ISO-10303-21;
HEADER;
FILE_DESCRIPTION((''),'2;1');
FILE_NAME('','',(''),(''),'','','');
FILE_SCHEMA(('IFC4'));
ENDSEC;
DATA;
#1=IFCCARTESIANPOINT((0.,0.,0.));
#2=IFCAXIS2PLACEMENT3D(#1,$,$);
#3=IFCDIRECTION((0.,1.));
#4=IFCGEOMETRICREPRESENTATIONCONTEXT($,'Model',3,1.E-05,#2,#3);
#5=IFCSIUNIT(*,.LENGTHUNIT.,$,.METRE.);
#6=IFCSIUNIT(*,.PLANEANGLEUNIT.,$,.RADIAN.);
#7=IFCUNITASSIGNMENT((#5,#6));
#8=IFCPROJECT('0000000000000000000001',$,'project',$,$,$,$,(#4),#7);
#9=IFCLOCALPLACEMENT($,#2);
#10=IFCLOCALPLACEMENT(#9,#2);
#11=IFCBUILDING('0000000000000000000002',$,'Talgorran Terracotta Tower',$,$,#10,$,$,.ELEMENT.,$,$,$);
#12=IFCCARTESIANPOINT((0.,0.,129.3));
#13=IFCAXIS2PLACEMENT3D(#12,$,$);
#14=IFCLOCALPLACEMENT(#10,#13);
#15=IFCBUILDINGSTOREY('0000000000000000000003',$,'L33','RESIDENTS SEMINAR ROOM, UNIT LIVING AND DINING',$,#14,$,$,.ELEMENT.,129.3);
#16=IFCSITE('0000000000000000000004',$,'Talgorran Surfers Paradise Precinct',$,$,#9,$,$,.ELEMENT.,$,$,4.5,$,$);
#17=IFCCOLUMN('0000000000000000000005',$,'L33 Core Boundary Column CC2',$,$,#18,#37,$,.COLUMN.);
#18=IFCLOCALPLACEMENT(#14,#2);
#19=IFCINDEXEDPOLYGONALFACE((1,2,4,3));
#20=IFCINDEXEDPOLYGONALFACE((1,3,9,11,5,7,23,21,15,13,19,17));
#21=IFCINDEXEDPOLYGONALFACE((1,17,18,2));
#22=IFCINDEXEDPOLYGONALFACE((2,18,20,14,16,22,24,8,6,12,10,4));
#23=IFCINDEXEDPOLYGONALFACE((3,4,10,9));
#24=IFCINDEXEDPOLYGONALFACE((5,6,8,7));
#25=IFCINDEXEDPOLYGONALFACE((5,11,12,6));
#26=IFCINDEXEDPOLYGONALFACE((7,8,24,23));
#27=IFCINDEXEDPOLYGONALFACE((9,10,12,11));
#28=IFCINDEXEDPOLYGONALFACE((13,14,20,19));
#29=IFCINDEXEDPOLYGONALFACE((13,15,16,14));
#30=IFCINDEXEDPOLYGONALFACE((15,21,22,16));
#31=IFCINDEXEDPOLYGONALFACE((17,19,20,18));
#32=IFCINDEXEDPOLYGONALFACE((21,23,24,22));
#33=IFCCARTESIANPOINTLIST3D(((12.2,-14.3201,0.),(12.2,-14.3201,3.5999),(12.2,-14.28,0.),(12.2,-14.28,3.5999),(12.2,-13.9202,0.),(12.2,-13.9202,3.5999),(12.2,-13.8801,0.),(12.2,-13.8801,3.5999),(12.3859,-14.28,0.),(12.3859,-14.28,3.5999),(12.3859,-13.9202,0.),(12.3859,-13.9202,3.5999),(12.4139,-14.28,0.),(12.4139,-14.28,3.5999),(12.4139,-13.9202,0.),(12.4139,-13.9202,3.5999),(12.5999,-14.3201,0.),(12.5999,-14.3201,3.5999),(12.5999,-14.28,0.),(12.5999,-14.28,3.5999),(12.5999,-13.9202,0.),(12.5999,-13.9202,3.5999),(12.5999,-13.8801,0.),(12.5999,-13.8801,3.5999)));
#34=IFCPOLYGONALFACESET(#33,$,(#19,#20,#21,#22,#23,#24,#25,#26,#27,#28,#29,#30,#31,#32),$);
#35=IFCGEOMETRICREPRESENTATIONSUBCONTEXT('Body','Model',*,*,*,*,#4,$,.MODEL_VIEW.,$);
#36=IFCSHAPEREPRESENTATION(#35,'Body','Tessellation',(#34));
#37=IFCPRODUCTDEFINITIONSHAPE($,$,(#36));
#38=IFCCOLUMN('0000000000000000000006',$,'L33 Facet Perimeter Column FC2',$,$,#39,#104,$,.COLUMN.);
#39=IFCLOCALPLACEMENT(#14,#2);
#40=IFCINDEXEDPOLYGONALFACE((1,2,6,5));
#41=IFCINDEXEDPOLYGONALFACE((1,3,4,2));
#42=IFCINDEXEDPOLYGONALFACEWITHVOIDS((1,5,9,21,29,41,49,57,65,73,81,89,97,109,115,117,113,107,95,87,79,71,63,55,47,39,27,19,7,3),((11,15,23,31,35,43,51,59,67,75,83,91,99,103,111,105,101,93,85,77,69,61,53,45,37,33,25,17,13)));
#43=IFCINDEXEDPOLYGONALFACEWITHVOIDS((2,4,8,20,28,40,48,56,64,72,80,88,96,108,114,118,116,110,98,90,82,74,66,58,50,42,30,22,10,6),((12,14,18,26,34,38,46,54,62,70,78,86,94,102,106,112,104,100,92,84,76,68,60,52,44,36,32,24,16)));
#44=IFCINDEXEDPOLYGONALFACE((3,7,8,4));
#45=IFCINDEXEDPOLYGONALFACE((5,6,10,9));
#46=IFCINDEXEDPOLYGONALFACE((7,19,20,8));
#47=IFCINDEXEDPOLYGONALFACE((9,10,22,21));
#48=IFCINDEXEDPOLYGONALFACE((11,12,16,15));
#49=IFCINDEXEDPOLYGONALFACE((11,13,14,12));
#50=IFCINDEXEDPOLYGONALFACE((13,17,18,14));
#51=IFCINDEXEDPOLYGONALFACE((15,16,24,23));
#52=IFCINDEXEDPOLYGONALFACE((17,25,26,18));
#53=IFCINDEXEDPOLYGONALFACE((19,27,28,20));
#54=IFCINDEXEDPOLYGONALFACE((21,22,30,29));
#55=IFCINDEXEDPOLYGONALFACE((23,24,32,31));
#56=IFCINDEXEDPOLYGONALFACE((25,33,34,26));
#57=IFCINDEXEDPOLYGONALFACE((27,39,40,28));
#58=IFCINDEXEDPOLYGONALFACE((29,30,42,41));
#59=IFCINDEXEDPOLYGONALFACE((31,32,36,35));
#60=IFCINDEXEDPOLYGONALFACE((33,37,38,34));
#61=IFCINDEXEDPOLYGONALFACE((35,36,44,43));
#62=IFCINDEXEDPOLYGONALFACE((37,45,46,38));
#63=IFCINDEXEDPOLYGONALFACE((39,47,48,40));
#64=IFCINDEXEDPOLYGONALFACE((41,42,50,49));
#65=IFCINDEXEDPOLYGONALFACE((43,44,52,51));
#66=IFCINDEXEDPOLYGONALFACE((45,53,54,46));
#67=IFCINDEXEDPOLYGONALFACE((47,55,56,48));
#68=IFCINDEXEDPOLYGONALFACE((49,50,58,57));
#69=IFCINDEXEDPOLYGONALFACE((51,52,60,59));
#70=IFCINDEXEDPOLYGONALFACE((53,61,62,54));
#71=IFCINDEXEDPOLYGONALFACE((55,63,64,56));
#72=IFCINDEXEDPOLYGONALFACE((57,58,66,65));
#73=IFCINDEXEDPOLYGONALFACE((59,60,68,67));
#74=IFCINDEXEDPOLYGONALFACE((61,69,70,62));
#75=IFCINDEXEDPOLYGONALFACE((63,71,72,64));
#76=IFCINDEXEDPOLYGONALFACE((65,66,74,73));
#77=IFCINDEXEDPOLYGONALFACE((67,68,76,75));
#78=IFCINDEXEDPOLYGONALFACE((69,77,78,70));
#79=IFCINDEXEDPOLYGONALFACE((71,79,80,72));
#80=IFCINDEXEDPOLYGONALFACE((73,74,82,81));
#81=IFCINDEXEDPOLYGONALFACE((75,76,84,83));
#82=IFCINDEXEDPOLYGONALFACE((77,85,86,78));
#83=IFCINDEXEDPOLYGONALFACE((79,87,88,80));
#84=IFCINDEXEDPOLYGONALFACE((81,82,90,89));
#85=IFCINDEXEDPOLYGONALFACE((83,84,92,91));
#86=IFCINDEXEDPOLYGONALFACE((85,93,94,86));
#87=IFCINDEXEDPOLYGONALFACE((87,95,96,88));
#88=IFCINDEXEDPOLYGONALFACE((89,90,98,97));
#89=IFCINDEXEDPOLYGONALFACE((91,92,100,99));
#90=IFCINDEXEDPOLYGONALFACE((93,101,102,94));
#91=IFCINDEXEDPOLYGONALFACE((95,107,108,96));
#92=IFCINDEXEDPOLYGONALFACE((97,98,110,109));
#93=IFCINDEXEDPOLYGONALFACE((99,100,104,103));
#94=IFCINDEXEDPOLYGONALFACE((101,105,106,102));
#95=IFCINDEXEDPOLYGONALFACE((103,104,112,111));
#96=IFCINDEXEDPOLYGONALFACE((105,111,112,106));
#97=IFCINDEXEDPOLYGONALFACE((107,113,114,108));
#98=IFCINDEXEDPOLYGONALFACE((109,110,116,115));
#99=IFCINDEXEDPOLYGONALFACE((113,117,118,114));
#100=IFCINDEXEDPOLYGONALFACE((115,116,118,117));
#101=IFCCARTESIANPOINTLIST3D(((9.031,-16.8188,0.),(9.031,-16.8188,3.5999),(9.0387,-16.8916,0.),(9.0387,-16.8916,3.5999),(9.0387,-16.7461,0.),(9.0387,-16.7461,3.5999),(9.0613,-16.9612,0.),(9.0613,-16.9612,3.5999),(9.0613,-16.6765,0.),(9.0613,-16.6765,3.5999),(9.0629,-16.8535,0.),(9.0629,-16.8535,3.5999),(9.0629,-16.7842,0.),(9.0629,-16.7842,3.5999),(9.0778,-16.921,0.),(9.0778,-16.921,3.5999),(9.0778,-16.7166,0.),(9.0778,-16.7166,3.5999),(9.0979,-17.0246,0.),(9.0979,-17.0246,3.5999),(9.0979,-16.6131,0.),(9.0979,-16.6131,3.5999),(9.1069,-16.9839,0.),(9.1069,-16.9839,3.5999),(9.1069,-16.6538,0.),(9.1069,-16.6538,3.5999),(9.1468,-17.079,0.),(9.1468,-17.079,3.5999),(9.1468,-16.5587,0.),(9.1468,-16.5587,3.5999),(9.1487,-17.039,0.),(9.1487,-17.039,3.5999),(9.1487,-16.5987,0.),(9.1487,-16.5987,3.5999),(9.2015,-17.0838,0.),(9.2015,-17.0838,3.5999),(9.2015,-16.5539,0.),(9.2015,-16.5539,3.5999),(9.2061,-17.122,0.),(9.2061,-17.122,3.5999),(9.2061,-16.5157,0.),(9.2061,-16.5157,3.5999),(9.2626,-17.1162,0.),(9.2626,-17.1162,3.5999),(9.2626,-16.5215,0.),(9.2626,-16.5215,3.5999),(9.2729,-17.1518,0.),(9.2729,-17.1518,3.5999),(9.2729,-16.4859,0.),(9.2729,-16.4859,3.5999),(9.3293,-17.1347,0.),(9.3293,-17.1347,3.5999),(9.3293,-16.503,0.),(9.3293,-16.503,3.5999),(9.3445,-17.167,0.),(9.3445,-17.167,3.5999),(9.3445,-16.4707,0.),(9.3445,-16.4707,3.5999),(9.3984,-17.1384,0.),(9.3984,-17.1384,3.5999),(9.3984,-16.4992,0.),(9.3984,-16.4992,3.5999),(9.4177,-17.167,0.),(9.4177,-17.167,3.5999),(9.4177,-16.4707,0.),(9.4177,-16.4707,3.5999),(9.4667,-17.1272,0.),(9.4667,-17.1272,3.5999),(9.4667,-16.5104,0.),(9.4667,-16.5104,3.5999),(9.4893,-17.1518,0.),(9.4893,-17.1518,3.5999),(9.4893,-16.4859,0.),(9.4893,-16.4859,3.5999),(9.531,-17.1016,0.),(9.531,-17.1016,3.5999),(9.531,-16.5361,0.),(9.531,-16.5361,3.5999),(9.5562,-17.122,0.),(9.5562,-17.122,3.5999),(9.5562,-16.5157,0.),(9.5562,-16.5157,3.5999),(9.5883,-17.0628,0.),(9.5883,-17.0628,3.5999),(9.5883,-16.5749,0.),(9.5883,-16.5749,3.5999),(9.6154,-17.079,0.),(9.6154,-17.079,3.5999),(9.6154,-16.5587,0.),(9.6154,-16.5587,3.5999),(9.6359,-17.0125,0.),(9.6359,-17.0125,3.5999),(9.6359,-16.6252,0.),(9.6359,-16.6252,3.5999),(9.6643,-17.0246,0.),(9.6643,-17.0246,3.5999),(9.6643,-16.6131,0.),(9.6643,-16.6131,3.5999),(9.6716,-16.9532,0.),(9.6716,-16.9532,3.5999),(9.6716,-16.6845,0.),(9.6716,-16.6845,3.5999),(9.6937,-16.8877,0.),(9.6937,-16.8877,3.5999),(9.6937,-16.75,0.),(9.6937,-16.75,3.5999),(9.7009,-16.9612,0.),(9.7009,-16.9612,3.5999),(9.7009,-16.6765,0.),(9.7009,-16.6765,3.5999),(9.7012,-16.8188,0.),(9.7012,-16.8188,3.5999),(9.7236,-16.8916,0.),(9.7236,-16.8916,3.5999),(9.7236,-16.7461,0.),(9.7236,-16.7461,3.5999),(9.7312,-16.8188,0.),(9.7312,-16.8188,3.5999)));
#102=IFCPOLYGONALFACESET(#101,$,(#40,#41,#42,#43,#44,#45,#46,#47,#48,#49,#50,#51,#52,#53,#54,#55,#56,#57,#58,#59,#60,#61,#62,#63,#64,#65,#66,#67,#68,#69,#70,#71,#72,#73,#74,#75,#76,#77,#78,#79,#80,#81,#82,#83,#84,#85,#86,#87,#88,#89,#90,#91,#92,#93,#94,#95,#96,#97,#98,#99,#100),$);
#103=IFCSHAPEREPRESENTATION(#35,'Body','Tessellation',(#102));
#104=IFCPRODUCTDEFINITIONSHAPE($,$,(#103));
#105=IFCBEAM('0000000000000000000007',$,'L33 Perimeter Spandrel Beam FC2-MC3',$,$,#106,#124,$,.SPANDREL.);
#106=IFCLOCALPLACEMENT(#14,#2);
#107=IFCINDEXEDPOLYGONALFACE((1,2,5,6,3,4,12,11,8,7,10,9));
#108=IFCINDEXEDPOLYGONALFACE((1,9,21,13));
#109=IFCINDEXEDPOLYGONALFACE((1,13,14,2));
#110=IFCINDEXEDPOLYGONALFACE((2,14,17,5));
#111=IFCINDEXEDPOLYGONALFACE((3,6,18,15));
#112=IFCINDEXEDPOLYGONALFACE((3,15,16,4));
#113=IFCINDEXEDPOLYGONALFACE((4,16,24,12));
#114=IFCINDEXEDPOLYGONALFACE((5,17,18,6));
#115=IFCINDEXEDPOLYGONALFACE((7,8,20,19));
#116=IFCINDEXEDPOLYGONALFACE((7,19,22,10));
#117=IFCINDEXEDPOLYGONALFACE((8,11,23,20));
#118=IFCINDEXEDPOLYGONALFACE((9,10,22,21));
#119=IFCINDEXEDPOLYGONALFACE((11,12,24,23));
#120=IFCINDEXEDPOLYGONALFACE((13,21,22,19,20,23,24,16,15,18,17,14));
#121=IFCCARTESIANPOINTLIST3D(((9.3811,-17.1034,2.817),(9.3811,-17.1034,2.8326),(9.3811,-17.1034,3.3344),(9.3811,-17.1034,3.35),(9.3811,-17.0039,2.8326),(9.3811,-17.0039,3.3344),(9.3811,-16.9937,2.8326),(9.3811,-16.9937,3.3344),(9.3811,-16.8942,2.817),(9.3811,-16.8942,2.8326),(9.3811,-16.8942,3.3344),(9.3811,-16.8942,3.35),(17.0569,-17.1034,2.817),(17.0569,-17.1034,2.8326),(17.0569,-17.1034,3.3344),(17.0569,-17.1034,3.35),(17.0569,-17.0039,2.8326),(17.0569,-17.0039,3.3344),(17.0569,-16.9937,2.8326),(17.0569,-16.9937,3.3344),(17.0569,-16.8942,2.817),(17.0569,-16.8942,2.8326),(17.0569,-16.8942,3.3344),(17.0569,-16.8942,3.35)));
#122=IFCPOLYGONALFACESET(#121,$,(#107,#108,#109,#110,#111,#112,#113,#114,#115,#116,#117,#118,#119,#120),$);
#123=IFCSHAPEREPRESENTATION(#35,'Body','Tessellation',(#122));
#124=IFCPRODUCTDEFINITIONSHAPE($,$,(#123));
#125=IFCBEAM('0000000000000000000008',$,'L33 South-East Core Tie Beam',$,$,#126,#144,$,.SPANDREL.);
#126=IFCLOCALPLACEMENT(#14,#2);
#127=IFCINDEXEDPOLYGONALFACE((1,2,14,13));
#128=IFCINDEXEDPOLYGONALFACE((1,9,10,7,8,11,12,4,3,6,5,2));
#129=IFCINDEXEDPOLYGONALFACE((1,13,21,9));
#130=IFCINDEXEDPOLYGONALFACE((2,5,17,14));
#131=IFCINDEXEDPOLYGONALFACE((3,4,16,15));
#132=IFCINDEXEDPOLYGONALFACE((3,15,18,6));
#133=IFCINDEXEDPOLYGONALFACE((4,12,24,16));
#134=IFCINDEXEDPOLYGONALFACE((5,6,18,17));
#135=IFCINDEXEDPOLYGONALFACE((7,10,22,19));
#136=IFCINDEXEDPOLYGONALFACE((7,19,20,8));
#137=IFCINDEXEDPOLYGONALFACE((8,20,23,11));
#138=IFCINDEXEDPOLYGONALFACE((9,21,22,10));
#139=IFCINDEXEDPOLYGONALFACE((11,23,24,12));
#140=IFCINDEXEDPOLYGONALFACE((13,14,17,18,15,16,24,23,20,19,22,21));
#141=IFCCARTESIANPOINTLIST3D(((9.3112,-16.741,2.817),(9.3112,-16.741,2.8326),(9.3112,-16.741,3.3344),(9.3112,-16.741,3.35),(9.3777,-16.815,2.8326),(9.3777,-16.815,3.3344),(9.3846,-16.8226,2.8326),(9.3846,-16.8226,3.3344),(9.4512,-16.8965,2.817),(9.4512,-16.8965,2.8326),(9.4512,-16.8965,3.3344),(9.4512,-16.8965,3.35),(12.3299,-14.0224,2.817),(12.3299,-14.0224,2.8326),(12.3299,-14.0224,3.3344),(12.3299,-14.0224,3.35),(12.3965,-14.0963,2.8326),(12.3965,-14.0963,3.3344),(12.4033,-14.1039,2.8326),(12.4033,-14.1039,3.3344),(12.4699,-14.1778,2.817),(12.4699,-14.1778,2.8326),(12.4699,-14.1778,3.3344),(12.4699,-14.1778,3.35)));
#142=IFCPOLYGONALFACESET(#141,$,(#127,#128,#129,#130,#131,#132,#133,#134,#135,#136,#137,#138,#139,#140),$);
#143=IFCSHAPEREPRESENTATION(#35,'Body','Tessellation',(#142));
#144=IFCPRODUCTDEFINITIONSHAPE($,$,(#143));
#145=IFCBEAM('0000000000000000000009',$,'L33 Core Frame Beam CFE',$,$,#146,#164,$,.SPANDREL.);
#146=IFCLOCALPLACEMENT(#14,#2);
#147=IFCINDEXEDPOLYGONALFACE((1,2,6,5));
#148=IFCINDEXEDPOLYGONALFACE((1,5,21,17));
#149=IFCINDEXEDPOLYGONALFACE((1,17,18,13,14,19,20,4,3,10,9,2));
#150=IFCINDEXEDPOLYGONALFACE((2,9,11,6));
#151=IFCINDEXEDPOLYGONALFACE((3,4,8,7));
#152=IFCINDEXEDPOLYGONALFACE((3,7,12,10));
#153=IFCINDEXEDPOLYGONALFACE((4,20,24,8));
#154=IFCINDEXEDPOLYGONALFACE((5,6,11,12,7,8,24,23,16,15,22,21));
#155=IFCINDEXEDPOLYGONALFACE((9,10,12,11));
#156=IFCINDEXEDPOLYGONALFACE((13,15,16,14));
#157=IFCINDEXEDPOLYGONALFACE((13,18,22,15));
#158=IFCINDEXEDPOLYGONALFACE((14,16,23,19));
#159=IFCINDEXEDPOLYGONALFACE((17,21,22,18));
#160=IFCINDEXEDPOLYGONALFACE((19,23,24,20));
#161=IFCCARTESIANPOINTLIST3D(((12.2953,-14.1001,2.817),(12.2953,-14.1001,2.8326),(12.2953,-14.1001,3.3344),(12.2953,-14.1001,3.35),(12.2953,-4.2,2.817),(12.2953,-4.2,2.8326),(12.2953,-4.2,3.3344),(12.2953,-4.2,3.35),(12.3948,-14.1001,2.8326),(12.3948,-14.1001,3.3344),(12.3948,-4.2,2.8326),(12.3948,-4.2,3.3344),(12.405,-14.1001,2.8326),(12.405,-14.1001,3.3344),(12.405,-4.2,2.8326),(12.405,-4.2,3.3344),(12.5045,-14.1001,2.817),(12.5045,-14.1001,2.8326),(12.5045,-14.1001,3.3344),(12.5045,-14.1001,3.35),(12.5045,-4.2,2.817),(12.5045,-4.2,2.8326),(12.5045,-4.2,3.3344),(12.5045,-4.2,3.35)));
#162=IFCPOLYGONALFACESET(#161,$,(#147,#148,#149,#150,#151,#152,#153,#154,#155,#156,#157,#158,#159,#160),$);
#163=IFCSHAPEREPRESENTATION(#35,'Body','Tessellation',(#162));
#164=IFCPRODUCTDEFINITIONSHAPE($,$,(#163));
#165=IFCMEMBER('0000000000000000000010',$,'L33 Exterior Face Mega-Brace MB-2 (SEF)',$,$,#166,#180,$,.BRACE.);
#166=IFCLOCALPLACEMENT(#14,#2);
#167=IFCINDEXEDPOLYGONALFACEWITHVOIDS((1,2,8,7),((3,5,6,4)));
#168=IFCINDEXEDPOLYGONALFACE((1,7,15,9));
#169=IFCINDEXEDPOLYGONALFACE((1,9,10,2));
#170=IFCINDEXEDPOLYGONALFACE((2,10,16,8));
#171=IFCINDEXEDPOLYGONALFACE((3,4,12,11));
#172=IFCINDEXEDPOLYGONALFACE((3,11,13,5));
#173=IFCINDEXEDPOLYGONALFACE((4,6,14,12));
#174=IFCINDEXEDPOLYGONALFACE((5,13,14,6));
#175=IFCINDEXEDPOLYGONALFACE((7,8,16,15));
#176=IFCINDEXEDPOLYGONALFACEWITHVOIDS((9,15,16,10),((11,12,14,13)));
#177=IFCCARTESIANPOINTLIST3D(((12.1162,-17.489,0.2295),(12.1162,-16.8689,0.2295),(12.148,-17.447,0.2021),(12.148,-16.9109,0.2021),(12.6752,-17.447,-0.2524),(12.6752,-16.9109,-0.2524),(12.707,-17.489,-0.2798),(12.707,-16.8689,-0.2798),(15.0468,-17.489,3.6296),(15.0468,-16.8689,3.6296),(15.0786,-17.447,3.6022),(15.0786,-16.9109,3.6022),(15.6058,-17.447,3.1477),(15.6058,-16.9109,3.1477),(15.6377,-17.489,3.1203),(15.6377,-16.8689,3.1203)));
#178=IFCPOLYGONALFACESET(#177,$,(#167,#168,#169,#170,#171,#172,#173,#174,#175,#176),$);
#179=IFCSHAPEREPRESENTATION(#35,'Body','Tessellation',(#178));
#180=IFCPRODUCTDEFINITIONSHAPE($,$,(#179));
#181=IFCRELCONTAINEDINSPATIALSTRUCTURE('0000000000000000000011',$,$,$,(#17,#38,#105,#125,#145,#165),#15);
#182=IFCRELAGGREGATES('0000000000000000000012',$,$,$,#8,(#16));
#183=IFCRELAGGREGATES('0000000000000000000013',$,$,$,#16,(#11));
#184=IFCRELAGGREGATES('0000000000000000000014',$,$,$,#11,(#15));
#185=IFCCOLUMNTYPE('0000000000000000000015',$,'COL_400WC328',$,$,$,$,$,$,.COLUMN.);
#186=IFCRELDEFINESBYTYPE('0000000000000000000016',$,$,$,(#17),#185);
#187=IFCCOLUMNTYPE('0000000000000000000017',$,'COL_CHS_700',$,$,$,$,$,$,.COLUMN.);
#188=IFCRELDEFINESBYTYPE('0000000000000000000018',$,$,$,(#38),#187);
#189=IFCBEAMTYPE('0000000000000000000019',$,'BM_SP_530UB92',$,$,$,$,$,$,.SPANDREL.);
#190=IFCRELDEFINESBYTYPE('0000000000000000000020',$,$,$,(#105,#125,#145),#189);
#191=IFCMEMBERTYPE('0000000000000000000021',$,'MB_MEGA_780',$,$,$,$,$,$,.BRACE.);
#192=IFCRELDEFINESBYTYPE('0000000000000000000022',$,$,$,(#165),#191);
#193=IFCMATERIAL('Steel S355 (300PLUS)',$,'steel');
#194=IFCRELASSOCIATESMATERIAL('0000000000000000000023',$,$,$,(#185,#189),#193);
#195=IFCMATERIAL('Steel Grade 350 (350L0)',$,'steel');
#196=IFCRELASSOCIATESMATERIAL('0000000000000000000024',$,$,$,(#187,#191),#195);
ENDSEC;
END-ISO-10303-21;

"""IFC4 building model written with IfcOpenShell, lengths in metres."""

from ifc_helpers import new_model, si_unit, direction, frame, origin, origin_2d, place, context, subcontext, project, spatial, hollow_rectangle, hollow_circle, i_section, extrude, material, material_profile, profile_set, type_object, element, save


model = new_model("IFC4")

# Units and contexts
model_context = context("Model", 3, precision=1e-05, world=origin(), true_north=direction((0.0, 1.0)))
body_context = subcontext(model_context, "Body", "Model", "MODEL_VIEW")
ifc_project = project(units=[si_unit("LENGTHUNIT", "METRE"), si_unit("PLANEANGLEUNIT", "RADIAN")], contexts=[model_context])

# Site, building, storey
site_placement = place(None, origin())
site = spatial("IfcSite", under=ifc_project, at=site_placement, Name="Talgorran Surfers Paradise Precinct", CompositionType="ELEMENT", RefElevation=4.5)
building_placement = place(site_placement, origin())
building = spatial("IfcBuilding", under=site, at=building_placement, Name="Talgorran Terracotta Tower", CompositionType="ELEMENT")
storey_placement = place(building_placement, frame((0.0, 0.0, 129.3)))
storey = spatial("IfcBuildingStorey", under=building, at=storey_placement, Name="L33", Description="RESIDENTS SEMINAR ROOM, UNIT LIVING AND DINING", CompositionType="ELEMENT", Elevation=129.3)

# Columns
ifc_material_1 = material(Name="Steel S355 (300PLUS)", Category="steel")
ifc_material_profile_1 = material_profile(ifc_material_1, i_section(OverallWidth=0.3999, OverallDepth=0.4399, WebThickness=0.0281, FlangeThickness=0.04, at=origin_2d()), Name="400WC328")
ifc_profile_set_1 = profile_set([ifc_material_profile_1], Name="Steel S355 (300PLUS)")
column_type_1 = type_object("IfcColumnType", Name="COL_400WC328", PredefinedType="COLUMN", material=ifc_profile_set_1)
column_1_placement = place(storey_placement, frame((12.3999, -14.1001, 0.0), z_axis=(0.0, 0.0, 1.0), x_axis=(1.0, 0.0, 0.0)))
element("IfcColumn", 1, at=column_1_placement, inside=storey, type_object=column_type_1, Name="L33 Core Boundary Column CC2", PredefinedType="COLUMN", context=body_context, shape_type="SweptSolid", body=[
    extrude(i_section(OverallWidth=0.3999, OverallDepth=0.4399, WebThickness=0.0281, FlangeThickness=0.04, at=origin_2d()), origin(), (0.0, 0.0, 1.0), 3.5999),
])
ifc_material_2 = material(Name="Steel Grade 350 (350L0)", Category="steel")
ifc_material_profile_2 = material_profile(ifc_material_2, hollow_circle(Radius=0.3501, WallThickness=0.03, at=origin_2d()), Name="CHS700X30")
ifc_profile_set_2 = profile_set([ifc_material_profile_2], Name="Steel Grade 350 (350L0)")
column_type_2 = type_object("IfcColumnType", Name="COL_CHS_700", PredefinedType="COLUMN", material=ifc_profile_set_2)
column_2_placement = place(storey_placement, frame((9.3811, -16.8188, 0.0), z_axis=(0.0, 0.0, 1.0), x_axis=(1.0, 0.0, 0.0)))
element("IfcColumn", 2, at=column_2_placement, inside=storey, type_object=column_type_2, Name="L33 Facet Perimeter Column FC2", PredefinedType="COLUMN", context=body_context, shape_type="SweptSolid", body=[
    extrude(hollow_circle(Radius=0.3501, WallThickness=0.03, at=origin_2d()), origin(), (0.0, 0.0, 1.0), 3.5999),
])

# Beams
ifc_material_profile_3 = material_profile(ifc_material_1, i_section(OverallWidth=0.2092, OverallDepth=0.533, WebThickness=0.0103, FlangeThickness=0.0156, at=origin_2d()), Name="530UB92.4")
ifc_profile_set_3 = profile_set([ifc_material_profile_3], Name="Steel S355 (300PLUS)")
beam_type = type_object("IfcBeamType", Name="BM_SP_530UB92", PredefinedType="SPANDREL", material=ifc_profile_set_3)
beam_1_placement = place(storey_placement, frame((9.3811, -16.9988, 3.0835), z_axis=(1.0, 0.0, 0.0), x_axis=(0.0, 1.0, 0.0)))
element("IfcBeam", 3, at=beam_1_placement, inside=storey, type_object=beam_type, Name="L33 Perimeter Spandrel Beam FC2-MC3", PredefinedType="SPANDREL", context=body_context, shape_type="SweptSolid", body=[
    extrude(i_section(OverallWidth=0.2092, OverallDepth=0.533, WebThickness=0.0103, FlangeThickness=0.0156, at=origin_2d()), origin(), (0.0, 0.0, 1.0), 7.6758),
])
beam_2_placement = place(storey_placement, frame((12.3999, -14.1001, 3.0835), z_axis=(-0.74307, -0.669214, 0.0), x_axis=(0.669214, -0.74307, 0.0)))
element("IfcBeam", 4, at=beam_2_placement, inside=storey, type_object=beam_type, Name="L33 South-East Core Tie Beam", PredefinedType="SPANDREL", context=body_context, shape_type="SweptSolid", body=[
    extrude(i_section(OverallWidth=0.2092, OverallDepth=0.533, WebThickness=0.0103, FlangeThickness=0.0156, at=origin_2d()), origin(), (0.0, 0.0, 1.0), 4.0625),
])
beam_3_placement = place(storey_placement, frame((12.3999, -14.1001, 3.0835), z_axis=(0.0, 1.0, 0.0), x_axis=(-1.0, 0.0, 0.0)))
element("IfcBeam", 5, at=beam_3_placement, inside=storey, type_object=beam_type, Name="L33 Core Frame Beam CFE", PredefinedType="SPANDREL", context=body_context, shape_type="SweptSolid", body=[
    extrude(i_section(OverallWidth=0.2092, OverallDepth=0.533, WebThickness=0.0103, FlangeThickness=0.0156, at=origin_2d()), origin(), (0.0, 0.0, 1.0), 9.9001),
])

# Member
ifc_material_profile_4 = material_profile(ifc_material_2, hollow_rectangle(XDim=0.6201, YDim=0.78, WallThickness=0.042, at=origin_2d()), Name="WBOX780X620X42")
ifc_profile_set_4 = profile_set([ifc_material_profile_4], Name="Steel Grade 350 (350L0)")
member_type_1 = type_object("IfcMemberType", Name="MB_MEGA_780", PredefinedType="BRACE", material=ifc_profile_set_4)
member_1_placement = place(storey_placement, frame((12.4116, -17.179, -0.0251), z_axis=(0.652876, 0.0, 0.757465), x_axis=(0.0, 1.0, 0.0)))
element("IfcMember", 6, at=member_1_placement, inside=storey, type_object=member_type_1, Name="L33 Exterior Face Mega-Brace MB-2 (SEF)", PredefinedType="BRACE", context=body_context, shape_type="SweptSolid", body=[
    extrude(hollow_rectangle(XDim=0.6201, YDim=0.78, WallThickness=0.042, at=origin_2d()), origin(), (0.0, 0.0, 1.0), 4.4888),
])

save(model, "model.ifc")
